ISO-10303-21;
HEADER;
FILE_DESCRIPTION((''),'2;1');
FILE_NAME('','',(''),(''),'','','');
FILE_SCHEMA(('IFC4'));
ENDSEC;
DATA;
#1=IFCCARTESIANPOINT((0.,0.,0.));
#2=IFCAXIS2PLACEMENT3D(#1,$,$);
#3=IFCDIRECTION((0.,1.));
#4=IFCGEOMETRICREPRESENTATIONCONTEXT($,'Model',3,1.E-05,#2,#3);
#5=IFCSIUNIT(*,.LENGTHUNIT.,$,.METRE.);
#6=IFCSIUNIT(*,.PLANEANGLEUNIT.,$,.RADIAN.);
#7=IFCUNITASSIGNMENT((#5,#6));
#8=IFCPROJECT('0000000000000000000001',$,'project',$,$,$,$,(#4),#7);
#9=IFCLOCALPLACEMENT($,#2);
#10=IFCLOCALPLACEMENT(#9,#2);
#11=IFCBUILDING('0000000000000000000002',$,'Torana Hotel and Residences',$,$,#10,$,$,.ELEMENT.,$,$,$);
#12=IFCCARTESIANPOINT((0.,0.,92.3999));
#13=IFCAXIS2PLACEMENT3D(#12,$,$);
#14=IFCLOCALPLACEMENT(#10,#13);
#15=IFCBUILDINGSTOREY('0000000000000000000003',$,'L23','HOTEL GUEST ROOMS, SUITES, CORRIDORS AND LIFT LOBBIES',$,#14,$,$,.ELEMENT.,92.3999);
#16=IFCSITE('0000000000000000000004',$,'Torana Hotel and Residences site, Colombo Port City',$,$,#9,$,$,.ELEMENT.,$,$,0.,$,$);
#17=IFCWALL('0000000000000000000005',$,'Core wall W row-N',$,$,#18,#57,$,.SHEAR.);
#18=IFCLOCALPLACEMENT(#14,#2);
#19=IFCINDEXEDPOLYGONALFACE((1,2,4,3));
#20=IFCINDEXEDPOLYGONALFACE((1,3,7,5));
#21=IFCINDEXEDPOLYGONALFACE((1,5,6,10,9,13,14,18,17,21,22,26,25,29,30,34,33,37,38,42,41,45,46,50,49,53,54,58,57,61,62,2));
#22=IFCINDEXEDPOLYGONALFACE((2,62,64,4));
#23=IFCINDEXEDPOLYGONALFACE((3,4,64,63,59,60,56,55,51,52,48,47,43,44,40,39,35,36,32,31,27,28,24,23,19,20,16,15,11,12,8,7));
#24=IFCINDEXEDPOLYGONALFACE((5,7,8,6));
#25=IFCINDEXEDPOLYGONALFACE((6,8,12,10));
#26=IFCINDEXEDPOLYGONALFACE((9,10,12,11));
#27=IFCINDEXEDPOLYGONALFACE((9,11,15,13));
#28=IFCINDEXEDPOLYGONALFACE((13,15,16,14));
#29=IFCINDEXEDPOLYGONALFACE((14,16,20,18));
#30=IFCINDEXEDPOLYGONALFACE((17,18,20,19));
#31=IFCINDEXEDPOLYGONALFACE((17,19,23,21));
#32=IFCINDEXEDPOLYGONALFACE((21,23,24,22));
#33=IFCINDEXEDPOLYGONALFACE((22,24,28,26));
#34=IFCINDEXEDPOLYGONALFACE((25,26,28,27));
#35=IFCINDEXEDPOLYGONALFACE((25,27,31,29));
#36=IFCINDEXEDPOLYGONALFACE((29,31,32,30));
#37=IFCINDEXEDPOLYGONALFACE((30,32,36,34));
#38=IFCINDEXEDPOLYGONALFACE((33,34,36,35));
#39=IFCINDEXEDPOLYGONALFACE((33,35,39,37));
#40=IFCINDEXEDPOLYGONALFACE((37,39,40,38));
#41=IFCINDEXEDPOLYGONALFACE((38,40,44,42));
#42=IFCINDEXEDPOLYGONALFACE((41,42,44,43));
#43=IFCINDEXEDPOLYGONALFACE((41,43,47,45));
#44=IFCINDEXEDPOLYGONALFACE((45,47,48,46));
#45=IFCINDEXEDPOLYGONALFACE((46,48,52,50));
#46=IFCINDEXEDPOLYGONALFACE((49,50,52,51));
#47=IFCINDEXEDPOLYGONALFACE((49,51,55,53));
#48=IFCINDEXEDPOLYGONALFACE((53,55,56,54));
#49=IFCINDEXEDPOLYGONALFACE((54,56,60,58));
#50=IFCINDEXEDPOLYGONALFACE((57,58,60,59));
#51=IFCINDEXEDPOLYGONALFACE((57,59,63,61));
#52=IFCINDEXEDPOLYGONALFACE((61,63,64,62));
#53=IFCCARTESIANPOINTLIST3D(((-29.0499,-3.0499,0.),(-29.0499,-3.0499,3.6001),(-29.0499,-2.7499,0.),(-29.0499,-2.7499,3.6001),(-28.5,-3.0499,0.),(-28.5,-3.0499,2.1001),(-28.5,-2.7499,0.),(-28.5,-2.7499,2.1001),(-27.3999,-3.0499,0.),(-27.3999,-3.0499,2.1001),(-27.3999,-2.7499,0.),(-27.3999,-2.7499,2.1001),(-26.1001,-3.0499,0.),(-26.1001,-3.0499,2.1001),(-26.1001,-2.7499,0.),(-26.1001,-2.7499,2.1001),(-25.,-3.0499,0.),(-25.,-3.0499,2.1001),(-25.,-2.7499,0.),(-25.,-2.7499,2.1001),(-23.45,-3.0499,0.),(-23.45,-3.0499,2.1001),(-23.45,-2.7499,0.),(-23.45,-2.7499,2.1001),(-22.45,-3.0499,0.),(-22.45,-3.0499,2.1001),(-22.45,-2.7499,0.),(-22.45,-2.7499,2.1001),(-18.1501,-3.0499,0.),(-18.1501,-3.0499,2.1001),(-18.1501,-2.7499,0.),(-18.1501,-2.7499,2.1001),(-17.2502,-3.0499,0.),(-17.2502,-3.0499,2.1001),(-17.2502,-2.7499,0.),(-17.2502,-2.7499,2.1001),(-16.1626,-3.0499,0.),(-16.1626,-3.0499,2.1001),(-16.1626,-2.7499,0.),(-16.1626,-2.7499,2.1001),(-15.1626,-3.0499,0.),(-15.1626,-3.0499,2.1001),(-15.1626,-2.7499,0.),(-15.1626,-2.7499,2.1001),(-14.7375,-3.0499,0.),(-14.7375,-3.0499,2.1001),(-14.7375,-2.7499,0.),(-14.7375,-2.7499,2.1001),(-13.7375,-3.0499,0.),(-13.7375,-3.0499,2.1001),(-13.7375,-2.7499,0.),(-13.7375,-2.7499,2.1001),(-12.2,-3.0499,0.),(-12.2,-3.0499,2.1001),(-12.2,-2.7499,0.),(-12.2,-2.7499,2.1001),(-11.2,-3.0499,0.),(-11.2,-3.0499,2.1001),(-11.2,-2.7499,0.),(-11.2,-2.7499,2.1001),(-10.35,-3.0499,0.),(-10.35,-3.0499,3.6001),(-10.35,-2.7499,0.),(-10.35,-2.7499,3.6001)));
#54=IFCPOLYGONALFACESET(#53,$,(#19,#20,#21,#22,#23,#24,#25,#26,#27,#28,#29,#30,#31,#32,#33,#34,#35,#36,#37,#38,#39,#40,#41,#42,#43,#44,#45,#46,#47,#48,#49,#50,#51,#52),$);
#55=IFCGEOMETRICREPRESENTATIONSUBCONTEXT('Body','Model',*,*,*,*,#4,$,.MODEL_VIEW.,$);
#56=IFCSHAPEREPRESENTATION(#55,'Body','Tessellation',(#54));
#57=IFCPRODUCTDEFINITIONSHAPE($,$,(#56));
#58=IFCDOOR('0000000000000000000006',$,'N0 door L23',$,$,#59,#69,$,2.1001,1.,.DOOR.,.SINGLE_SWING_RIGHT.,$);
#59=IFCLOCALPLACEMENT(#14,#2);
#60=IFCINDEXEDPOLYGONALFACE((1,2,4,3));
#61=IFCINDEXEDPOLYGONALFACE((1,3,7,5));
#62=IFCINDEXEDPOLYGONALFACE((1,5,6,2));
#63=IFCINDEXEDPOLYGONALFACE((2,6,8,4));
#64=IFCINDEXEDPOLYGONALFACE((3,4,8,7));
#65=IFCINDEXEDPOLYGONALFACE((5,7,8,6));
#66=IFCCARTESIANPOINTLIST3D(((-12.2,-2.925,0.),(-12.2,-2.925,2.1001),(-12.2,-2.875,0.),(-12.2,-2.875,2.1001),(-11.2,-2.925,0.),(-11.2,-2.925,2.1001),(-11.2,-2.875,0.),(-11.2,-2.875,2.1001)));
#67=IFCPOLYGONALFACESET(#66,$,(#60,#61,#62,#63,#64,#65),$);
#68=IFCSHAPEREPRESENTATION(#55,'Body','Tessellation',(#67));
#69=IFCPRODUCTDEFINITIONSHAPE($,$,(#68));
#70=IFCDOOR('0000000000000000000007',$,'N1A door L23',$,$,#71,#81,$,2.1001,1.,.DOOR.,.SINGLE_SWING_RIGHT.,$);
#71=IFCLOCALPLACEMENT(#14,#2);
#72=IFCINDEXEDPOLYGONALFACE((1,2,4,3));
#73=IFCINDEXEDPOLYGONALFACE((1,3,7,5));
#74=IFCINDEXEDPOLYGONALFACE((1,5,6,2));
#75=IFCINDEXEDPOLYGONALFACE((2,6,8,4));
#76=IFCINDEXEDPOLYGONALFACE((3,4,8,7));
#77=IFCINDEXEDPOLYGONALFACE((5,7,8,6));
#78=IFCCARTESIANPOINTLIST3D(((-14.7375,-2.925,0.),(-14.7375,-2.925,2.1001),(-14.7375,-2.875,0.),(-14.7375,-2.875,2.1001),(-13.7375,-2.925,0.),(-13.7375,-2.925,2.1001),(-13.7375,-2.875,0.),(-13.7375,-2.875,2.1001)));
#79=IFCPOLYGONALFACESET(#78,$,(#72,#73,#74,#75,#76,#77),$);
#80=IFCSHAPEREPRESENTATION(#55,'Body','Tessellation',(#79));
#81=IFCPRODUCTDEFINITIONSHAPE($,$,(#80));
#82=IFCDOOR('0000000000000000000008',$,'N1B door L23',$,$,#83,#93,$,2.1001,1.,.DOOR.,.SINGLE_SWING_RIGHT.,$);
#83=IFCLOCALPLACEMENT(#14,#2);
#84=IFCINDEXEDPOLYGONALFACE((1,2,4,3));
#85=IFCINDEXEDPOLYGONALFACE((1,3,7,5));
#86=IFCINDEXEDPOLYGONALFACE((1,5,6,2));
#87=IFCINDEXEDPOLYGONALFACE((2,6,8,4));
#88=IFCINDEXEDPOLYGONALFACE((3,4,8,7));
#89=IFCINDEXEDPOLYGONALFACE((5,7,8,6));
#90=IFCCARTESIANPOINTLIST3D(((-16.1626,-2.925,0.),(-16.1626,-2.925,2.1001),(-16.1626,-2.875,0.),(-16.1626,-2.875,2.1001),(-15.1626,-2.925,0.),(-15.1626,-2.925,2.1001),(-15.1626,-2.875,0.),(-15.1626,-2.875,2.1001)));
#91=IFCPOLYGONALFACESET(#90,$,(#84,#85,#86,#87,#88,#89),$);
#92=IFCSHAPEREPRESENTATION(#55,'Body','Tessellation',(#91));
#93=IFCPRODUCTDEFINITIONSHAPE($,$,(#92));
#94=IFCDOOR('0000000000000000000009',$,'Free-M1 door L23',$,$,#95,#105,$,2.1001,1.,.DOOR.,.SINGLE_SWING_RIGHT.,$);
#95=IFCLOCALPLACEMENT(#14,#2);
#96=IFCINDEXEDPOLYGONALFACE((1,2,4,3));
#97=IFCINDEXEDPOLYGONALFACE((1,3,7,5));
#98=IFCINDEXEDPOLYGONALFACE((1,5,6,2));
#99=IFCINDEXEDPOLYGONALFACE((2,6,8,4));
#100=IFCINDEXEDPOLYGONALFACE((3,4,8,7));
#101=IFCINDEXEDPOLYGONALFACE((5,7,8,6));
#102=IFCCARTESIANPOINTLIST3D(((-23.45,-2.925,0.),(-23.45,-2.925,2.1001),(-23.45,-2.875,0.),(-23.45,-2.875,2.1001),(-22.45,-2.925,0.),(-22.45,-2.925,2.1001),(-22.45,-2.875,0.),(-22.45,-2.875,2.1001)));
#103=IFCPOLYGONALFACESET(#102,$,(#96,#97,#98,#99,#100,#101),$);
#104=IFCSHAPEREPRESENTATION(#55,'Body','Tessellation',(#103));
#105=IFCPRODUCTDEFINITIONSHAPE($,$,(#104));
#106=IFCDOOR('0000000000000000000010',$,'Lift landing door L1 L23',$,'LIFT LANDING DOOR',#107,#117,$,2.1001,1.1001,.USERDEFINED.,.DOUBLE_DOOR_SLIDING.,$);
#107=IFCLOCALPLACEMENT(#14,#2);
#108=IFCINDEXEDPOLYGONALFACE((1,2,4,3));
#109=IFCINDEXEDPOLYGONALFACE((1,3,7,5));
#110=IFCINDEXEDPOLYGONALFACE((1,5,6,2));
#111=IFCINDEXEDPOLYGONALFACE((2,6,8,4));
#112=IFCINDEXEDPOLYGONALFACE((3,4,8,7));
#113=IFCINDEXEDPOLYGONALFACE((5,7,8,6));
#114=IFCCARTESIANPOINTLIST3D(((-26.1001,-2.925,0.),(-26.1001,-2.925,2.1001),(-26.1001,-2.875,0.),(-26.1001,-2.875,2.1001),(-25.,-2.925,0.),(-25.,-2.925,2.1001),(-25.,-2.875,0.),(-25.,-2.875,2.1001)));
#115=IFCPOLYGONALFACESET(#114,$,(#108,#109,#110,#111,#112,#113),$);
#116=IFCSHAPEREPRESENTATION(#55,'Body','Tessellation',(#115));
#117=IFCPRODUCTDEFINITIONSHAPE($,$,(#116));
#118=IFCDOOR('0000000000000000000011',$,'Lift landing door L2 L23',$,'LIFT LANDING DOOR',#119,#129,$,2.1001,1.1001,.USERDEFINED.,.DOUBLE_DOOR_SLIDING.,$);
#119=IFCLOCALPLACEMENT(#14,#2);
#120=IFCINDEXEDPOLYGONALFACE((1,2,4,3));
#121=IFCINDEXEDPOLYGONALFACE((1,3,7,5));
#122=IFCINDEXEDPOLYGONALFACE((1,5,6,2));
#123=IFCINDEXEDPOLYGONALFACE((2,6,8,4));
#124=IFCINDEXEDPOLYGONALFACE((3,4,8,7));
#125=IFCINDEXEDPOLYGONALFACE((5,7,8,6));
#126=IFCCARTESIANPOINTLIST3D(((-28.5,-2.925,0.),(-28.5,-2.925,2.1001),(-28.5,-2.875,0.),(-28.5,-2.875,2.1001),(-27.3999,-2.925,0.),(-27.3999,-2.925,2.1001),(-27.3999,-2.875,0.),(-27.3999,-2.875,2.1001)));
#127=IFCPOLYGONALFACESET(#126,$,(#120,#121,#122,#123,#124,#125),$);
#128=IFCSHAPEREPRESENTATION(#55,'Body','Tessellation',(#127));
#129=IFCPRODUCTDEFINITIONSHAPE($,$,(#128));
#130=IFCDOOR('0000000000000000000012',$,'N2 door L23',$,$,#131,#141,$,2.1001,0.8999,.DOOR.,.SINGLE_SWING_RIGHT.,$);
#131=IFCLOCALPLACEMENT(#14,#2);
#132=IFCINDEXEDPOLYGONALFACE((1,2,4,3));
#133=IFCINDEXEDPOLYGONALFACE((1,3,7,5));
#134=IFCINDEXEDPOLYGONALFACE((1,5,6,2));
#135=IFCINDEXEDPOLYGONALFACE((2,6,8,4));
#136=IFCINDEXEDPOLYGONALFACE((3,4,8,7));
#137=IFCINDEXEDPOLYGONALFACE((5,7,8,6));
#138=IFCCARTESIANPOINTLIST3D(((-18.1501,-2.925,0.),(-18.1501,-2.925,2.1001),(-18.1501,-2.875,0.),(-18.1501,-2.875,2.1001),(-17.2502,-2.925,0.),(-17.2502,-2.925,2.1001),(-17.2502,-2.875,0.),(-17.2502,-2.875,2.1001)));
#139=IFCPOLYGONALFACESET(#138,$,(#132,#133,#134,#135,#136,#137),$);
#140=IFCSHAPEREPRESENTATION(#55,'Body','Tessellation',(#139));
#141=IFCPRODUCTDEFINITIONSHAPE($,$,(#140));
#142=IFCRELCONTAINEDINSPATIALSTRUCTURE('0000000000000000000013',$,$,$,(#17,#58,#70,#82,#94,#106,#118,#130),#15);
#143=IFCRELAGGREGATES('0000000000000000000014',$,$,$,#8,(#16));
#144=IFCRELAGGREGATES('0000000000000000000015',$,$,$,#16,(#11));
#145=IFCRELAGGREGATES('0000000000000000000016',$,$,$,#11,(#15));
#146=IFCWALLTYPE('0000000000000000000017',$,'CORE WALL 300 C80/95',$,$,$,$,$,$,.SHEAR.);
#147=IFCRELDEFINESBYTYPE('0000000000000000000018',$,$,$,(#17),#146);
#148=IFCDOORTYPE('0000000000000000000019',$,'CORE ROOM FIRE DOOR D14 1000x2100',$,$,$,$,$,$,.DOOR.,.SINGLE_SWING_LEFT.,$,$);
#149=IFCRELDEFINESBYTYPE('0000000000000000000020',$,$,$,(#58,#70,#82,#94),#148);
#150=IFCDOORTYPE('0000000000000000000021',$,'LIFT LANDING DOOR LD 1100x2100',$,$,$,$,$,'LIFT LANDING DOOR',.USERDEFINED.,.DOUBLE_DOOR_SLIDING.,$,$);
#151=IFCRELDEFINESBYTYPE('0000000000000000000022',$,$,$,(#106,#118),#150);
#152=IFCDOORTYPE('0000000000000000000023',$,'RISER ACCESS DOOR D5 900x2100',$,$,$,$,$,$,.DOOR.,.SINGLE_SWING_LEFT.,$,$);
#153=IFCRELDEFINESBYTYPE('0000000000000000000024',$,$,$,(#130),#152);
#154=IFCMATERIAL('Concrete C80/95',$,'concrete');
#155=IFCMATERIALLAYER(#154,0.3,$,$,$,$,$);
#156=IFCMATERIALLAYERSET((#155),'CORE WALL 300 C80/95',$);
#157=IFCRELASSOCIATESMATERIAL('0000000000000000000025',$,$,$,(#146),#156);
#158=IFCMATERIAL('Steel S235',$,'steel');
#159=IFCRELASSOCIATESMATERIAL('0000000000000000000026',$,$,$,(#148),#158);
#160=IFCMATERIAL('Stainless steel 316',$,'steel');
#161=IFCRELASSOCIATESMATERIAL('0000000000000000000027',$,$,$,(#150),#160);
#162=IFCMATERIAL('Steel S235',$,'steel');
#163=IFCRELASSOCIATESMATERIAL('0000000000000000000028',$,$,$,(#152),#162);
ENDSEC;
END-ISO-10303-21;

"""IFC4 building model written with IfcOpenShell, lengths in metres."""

from ifc_helpers import new_model, si_unit, direction, frame, frame_2d, origin, place, context, subcontext, project, spatial, rectangle, extrude, material, layer, layer_set, type_object, element, fill, save


model = new_model("IFC4")

# Units and contexts
model_context = context("Model", 3, precision=1e-05, world=origin(), true_north=direction((0.0, 1.0)))
body_context = subcontext(model_context, "Body", "Model", "MODEL_VIEW")
ifc_project = project(units=[si_unit("LENGTHUNIT", "METRE"), si_unit("PLANEANGLEUNIT", "RADIAN")], contexts=[model_context])

# Site, building, storey
site_placement = place(None, origin())
site = spatial("IfcSite", under=ifc_project, at=site_placement, Name="Torana Hotel and Residences site, Colombo Port City", CompositionType="ELEMENT", RefElevation=0.0)
building_placement = place(site_placement, origin())
building = spatial("IfcBuilding", under=site, at=building_placement, Name="Torana Hotel and Residences", CompositionType="ELEMENT")
storey_placement = place(building_placement, frame((0.0, 0.0, 92.3999)))
storey = spatial("IfcBuildingStorey", under=building, at=storey_placement, Name="L23", Description="HOTEL GUEST ROOMS, SUITES, CORRIDORS AND LIFT LOBBIES", CompositionType="ELEMENT", Elevation=92.3999)

# Wall, openings, doors
ifc_material_1 = material(Name="Concrete C80/95", Category="concrete")
ifc_layer_1 = layer(ifc_material_1, 0.3)
ifc_layer_set_1 = layer_set([ifc_layer_1], Name="CORE WALL 300 C80/95")
wall_type_1 = type_object("IfcWallType", Name="CORE WALL 300 C80/95", PredefinedType="SHEAR", material=ifc_layer_set_1)
wall_1_placement = place(storey_placement, frame((-29.05, -2.8999, 0.0), z_axis=(0.0, 0.0, 1.0), x_axis=(1.0, 0.0, 0.0)))
wall_1 = element("IfcWall", 1, at=wall_1_placement, inside=storey, type_object=wall_type_1, Name="Core wall W row-N", PredefinedType="SHEAR", context=body_context, shape_type="SweptSolid", body=[
    extrude(rectangle(XDim=18.7, YDim=0.3, at=frame_2d((9.3501, 0.0))), origin(), (0.0, 0.0, 1.0), 3.6001),
])
opening_1_placement = place(wall_1_placement, frame((2.95, 0.0, 0.0)))
opening_1 = element("IfcOpeningElement", 2, at=opening_1_placement, cuts=wall_1, PredefinedType="OPENING", context=body_context, shape_type="SweptSolid", body=[
    extrude(rectangle(XDim=1.1001, YDim=2.1001, at=frame_2d((0.55, 1.05))), frame((0.0, 0.1599, 0.0), z_axis=(0.0, -1.0, 0.0), x_axis=(1.0, 0.0, 0.0)), (0.0, 0.0, 1.0), 0.3201),
])
opening_2_placement = place(wall_1_placement, frame((0.55, 0.0, 0.0)))
opening_2 = element("IfcOpeningElement", 3, at=opening_2_placement, cuts=wall_1, PredefinedType="OPENING", context=body_context, shape_type="SweptSolid", body=[
    extrude(rectangle(XDim=1.1001, YDim=2.1001, at=frame_2d((0.55, 1.05))), frame((0.0, 0.1599, 0.0), z_axis=(0.0, -1.0, 0.0), x_axis=(1.0, 0.0, 0.0)), (0.0, 0.0, 1.0), 0.3201),
])
opening_3_placement = place(wall_1_placement, frame((10.8999, 0.0, 0.0)))
opening_3 = element("IfcOpeningElement", 4, at=opening_3_placement, cuts=wall_1, PredefinedType="OPENING", context=body_context, shape_type="SweptSolid", body=[
    extrude(rectangle(XDim=0.8999, YDim=2.1001, at=frame_2d((0.45, 1.05))), frame((0.0, 0.1599, 0.0), z_axis=(0.0, -1.0, 0.0), x_axis=(1.0, 0.0, 0.0)), (0.0, 0.0, 1.0), 0.3201),
])
opening_4_placement = place(wall_1_placement, frame((16.8501, 0.0, 0.0)))
opening_4 = element("IfcOpeningElement", 5, at=opening_4_placement, cuts=wall_1, PredefinedType="OPENING", context=body_context, shape_type="SweptSolid", body=[
    extrude(rectangle(XDim=1.0, YDim=2.1001, at=frame_2d((0.5, 1.05))), frame((0.0, 0.1599, 0.0), z_axis=(0.0, -1.0, 0.0), x_axis=(1.0, 0.0, 0.0)), (0.0, 0.0, 1.0), 0.3201),
])
opening_5_placement = place(wall_1_placement, frame((14.3125, 0.0, 0.0)))
opening_5 = element("IfcOpeningElement", 6, at=opening_5_placement, cuts=wall_1, PredefinedType="OPENING", context=body_context, shape_type="SweptSolid", body=[
    extrude(rectangle(XDim=1.0, YDim=2.1001, at=frame_2d((0.5, 1.05))), frame((0.0, 0.1599, 0.0), z_axis=(0.0, -1.0, 0.0), x_axis=(1.0, 0.0, 0.0)), (0.0, 0.0, 1.0), 0.3201),
])
opening_6_placement = place(wall_1_placement, frame((12.8875, 0.0, 0.0)))
opening_6 = element("IfcOpeningElement", 7, at=opening_6_placement, cuts=wall_1, PredefinedType="OPENING", context=body_context, shape_type="SweptSolid", body=[
    extrude(rectangle(XDim=1.0, YDim=2.1001, at=frame_2d((0.5, 1.05))), frame((0.0, 0.1599, 0.0), z_axis=(0.0, -1.0, 0.0), x_axis=(1.0, 0.0, 0.0)), (0.0, 0.0, 1.0), 0.3201),
])
opening_7_placement = place(wall_1_placement, frame((5.6001, 0.0, 0.0)))
opening_7 = element("IfcOpeningElement", 8, at=opening_7_placement, cuts=wall_1, PredefinedType="OPENING", context=body_context, shape_type="SweptSolid", body=[
    extrude(rectangle(XDim=1.0, YDim=2.1001, at=frame_2d((0.5, 1.05))), frame((0.0, 0.1599, 0.0), z_axis=(0.0, -1.0, 0.0), x_axis=(1.0, 0.0, 0.0)), (0.0, 0.0, 1.0), 0.3201),
])
ifc_material_2 = material(Name="Steel S235", Category="steel")
door_type_1 = type_object("IfcDoorType", Name="CORE ROOM FIRE DOOR D14 1000x2100", OperationType="SINGLE_SWING_LEFT", PredefinedType="DOOR", material=ifc_material_2)
door_1_placement = place(opening_4_placement, origin())
door_1 = element("IfcDoor", 9, at=door_1_placement, inside=storey, type_object=door_type_1, Name="N0 door L23", OperationType="SINGLE_SWING_RIGHT", OverallHeight=2.1001, OverallWidth=1.0, PredefinedType="DOOR", context=body_context, shape_type="SweptSolid", body=[
    extrude(rectangle(XDim=1.0, YDim=2.1001, at=frame_2d((0.5, 1.05))), frame((0.0, 0.0249, 0.0), z_axis=(0.0, -1.0, 0.0), x_axis=(1.0, 0.0, 0.0)), (0.0, 0.0, 1.0), 0.05),
])
fill(opening_4, door_1)
door_2_placement = place(opening_5_placement, origin())
door_2 = element("IfcDoor", 10, at=door_2_placement, inside=storey, type_object=door_type_1, Name="N1A door L23", OperationType="SINGLE_SWING_RIGHT", OverallHeight=2.1001, OverallWidth=1.0, PredefinedType="DOOR", context=body_context, shape_type="SweptSolid", body=[
    extrude(rectangle(XDim=1.0, YDim=2.1001, at=frame_2d((0.5, 1.05))), frame((0.0, 0.0249, 0.0), z_axis=(0.0, -1.0, 0.0), x_axis=(1.0, 0.0, 0.0)), (0.0, 0.0, 1.0), 0.05),
])
fill(opening_5, door_2)
door_3_placement = place(opening_6_placement, origin())
door_3 = element("IfcDoor", 11, at=door_3_placement, inside=storey, type_object=door_type_1, Name="N1B door L23", OperationType="SINGLE_SWING_RIGHT", OverallHeight=2.1001, OverallWidth=1.0, PredefinedType="DOOR", context=body_context, shape_type="SweptSolid", body=[
    extrude(rectangle(XDim=1.0, YDim=2.1001, at=frame_2d((0.5, 1.05))), frame((0.0, 0.0249, 0.0), z_axis=(0.0, -1.0, 0.0), x_axis=(1.0, 0.0, 0.0)), (0.0, 0.0, 1.0), 0.05),
])
fill(opening_6, door_3)
door_4_placement = place(opening_7_placement, origin())
door_4 = element("IfcDoor", 12, at=door_4_placement, inside=storey, type_object=door_type_1, Name="Free-M1 door L23", OperationType="SINGLE_SWING_RIGHT", OverallHeight=2.1001, OverallWidth=1.0, PredefinedType="DOOR", context=body_context, shape_type="SweptSolid", body=[
    extrude(rectangle(XDim=1.0, YDim=2.1001, at=frame_2d((0.5, 1.05))), frame((0.0, 0.0249, 0.0), z_axis=(0.0, -1.0, 0.0), x_axis=(1.0, 0.0, 0.0)), (0.0, 0.0, 1.0), 0.05),
])
fill(opening_7, door_4)
ifc_material_3 = material(Name="Stainless steel 316", Category="steel")
door_type_2 = type_object("IfcDoorType", Name="LIFT LANDING DOOR LD 1100x2100", ElementType="LIFT LANDING DOOR", OperationType="DOUBLE_DOOR_SLIDING", PredefinedType="USERDEFINED", material=ifc_material_3)
door_5_placement = place(opening_1_placement, origin())
door_5 = element("IfcDoor", 13, at=door_5_placement, inside=storey, type_object=door_type_2, Name="Lift landing door L1 L23", ObjectType="LIFT LANDING DOOR", OperationType="DOUBLE_DOOR_SLIDING", OverallHeight=2.1001, OverallWidth=1.1001, PredefinedType="USERDEFINED", context=body_context, shape_type="SweptSolid", body=[
    extrude(rectangle(XDim=1.1001, YDim=2.1001, at=frame_2d((0.55, 1.05))), frame((0.0, 0.0249, 0.0), z_axis=(0.0, -1.0, 0.0), x_axis=(1.0, 0.0, 0.0)), (0.0, 0.0, 1.0), 0.05),
])
fill(opening_1, door_5)
door_6_placement = place(opening_2_placement, origin())
door_6 = element("IfcDoor", 14, at=door_6_placement, inside=storey, type_object=door_type_2, Name="Lift landing door L2 L23", ObjectType="LIFT LANDING DOOR", OperationType="DOUBLE_DOOR_SLIDING", OverallHeight=2.1001, OverallWidth=1.1001, PredefinedType="USERDEFINED", context=body_context, shape_type="SweptSolid", body=[
    extrude(rectangle(XDim=1.1001, YDim=2.1001, at=frame_2d((0.55, 1.05))), frame((0.0, 0.0249, 0.0), z_axis=(0.0, -1.0, 0.0), x_axis=(1.0, 0.0, 0.0)), (0.0, 0.0, 1.0), 0.05),
])
fill(opening_2, door_6)
ifc_material_4 = material(Name="Steel S235", Category="steel")
door_type_3 = type_object("IfcDoorType", Name="RISER ACCESS DOOR D5 900x2100", OperationType="SINGLE_SWING_LEFT", PredefinedType="DOOR", material=ifc_material_4)
door_7_placement = place(opening_3_placement, origin())
door_7 = element("IfcDoor", 15, at=door_7_placement, inside=storey, type_object=door_type_3, Name="N2 door L23", OperationType="SINGLE_SWING_RIGHT", OverallHeight=2.1001, OverallWidth=0.8999, PredefinedType="DOOR", context=body_context, shape_type="SweptSolid", body=[
    extrude(rectangle(XDim=0.8999, YDim=2.1001, at=frame_2d((0.45, 1.05))), frame((0.0, 0.0249, 0.0), z_axis=(0.0, -1.0, 0.0), x_axis=(1.0, 0.0, 0.0)), (0.0, 0.0, 1.0), 0.05),
])
fill(opening_3, door_7)

save(model, "model.ifc")
